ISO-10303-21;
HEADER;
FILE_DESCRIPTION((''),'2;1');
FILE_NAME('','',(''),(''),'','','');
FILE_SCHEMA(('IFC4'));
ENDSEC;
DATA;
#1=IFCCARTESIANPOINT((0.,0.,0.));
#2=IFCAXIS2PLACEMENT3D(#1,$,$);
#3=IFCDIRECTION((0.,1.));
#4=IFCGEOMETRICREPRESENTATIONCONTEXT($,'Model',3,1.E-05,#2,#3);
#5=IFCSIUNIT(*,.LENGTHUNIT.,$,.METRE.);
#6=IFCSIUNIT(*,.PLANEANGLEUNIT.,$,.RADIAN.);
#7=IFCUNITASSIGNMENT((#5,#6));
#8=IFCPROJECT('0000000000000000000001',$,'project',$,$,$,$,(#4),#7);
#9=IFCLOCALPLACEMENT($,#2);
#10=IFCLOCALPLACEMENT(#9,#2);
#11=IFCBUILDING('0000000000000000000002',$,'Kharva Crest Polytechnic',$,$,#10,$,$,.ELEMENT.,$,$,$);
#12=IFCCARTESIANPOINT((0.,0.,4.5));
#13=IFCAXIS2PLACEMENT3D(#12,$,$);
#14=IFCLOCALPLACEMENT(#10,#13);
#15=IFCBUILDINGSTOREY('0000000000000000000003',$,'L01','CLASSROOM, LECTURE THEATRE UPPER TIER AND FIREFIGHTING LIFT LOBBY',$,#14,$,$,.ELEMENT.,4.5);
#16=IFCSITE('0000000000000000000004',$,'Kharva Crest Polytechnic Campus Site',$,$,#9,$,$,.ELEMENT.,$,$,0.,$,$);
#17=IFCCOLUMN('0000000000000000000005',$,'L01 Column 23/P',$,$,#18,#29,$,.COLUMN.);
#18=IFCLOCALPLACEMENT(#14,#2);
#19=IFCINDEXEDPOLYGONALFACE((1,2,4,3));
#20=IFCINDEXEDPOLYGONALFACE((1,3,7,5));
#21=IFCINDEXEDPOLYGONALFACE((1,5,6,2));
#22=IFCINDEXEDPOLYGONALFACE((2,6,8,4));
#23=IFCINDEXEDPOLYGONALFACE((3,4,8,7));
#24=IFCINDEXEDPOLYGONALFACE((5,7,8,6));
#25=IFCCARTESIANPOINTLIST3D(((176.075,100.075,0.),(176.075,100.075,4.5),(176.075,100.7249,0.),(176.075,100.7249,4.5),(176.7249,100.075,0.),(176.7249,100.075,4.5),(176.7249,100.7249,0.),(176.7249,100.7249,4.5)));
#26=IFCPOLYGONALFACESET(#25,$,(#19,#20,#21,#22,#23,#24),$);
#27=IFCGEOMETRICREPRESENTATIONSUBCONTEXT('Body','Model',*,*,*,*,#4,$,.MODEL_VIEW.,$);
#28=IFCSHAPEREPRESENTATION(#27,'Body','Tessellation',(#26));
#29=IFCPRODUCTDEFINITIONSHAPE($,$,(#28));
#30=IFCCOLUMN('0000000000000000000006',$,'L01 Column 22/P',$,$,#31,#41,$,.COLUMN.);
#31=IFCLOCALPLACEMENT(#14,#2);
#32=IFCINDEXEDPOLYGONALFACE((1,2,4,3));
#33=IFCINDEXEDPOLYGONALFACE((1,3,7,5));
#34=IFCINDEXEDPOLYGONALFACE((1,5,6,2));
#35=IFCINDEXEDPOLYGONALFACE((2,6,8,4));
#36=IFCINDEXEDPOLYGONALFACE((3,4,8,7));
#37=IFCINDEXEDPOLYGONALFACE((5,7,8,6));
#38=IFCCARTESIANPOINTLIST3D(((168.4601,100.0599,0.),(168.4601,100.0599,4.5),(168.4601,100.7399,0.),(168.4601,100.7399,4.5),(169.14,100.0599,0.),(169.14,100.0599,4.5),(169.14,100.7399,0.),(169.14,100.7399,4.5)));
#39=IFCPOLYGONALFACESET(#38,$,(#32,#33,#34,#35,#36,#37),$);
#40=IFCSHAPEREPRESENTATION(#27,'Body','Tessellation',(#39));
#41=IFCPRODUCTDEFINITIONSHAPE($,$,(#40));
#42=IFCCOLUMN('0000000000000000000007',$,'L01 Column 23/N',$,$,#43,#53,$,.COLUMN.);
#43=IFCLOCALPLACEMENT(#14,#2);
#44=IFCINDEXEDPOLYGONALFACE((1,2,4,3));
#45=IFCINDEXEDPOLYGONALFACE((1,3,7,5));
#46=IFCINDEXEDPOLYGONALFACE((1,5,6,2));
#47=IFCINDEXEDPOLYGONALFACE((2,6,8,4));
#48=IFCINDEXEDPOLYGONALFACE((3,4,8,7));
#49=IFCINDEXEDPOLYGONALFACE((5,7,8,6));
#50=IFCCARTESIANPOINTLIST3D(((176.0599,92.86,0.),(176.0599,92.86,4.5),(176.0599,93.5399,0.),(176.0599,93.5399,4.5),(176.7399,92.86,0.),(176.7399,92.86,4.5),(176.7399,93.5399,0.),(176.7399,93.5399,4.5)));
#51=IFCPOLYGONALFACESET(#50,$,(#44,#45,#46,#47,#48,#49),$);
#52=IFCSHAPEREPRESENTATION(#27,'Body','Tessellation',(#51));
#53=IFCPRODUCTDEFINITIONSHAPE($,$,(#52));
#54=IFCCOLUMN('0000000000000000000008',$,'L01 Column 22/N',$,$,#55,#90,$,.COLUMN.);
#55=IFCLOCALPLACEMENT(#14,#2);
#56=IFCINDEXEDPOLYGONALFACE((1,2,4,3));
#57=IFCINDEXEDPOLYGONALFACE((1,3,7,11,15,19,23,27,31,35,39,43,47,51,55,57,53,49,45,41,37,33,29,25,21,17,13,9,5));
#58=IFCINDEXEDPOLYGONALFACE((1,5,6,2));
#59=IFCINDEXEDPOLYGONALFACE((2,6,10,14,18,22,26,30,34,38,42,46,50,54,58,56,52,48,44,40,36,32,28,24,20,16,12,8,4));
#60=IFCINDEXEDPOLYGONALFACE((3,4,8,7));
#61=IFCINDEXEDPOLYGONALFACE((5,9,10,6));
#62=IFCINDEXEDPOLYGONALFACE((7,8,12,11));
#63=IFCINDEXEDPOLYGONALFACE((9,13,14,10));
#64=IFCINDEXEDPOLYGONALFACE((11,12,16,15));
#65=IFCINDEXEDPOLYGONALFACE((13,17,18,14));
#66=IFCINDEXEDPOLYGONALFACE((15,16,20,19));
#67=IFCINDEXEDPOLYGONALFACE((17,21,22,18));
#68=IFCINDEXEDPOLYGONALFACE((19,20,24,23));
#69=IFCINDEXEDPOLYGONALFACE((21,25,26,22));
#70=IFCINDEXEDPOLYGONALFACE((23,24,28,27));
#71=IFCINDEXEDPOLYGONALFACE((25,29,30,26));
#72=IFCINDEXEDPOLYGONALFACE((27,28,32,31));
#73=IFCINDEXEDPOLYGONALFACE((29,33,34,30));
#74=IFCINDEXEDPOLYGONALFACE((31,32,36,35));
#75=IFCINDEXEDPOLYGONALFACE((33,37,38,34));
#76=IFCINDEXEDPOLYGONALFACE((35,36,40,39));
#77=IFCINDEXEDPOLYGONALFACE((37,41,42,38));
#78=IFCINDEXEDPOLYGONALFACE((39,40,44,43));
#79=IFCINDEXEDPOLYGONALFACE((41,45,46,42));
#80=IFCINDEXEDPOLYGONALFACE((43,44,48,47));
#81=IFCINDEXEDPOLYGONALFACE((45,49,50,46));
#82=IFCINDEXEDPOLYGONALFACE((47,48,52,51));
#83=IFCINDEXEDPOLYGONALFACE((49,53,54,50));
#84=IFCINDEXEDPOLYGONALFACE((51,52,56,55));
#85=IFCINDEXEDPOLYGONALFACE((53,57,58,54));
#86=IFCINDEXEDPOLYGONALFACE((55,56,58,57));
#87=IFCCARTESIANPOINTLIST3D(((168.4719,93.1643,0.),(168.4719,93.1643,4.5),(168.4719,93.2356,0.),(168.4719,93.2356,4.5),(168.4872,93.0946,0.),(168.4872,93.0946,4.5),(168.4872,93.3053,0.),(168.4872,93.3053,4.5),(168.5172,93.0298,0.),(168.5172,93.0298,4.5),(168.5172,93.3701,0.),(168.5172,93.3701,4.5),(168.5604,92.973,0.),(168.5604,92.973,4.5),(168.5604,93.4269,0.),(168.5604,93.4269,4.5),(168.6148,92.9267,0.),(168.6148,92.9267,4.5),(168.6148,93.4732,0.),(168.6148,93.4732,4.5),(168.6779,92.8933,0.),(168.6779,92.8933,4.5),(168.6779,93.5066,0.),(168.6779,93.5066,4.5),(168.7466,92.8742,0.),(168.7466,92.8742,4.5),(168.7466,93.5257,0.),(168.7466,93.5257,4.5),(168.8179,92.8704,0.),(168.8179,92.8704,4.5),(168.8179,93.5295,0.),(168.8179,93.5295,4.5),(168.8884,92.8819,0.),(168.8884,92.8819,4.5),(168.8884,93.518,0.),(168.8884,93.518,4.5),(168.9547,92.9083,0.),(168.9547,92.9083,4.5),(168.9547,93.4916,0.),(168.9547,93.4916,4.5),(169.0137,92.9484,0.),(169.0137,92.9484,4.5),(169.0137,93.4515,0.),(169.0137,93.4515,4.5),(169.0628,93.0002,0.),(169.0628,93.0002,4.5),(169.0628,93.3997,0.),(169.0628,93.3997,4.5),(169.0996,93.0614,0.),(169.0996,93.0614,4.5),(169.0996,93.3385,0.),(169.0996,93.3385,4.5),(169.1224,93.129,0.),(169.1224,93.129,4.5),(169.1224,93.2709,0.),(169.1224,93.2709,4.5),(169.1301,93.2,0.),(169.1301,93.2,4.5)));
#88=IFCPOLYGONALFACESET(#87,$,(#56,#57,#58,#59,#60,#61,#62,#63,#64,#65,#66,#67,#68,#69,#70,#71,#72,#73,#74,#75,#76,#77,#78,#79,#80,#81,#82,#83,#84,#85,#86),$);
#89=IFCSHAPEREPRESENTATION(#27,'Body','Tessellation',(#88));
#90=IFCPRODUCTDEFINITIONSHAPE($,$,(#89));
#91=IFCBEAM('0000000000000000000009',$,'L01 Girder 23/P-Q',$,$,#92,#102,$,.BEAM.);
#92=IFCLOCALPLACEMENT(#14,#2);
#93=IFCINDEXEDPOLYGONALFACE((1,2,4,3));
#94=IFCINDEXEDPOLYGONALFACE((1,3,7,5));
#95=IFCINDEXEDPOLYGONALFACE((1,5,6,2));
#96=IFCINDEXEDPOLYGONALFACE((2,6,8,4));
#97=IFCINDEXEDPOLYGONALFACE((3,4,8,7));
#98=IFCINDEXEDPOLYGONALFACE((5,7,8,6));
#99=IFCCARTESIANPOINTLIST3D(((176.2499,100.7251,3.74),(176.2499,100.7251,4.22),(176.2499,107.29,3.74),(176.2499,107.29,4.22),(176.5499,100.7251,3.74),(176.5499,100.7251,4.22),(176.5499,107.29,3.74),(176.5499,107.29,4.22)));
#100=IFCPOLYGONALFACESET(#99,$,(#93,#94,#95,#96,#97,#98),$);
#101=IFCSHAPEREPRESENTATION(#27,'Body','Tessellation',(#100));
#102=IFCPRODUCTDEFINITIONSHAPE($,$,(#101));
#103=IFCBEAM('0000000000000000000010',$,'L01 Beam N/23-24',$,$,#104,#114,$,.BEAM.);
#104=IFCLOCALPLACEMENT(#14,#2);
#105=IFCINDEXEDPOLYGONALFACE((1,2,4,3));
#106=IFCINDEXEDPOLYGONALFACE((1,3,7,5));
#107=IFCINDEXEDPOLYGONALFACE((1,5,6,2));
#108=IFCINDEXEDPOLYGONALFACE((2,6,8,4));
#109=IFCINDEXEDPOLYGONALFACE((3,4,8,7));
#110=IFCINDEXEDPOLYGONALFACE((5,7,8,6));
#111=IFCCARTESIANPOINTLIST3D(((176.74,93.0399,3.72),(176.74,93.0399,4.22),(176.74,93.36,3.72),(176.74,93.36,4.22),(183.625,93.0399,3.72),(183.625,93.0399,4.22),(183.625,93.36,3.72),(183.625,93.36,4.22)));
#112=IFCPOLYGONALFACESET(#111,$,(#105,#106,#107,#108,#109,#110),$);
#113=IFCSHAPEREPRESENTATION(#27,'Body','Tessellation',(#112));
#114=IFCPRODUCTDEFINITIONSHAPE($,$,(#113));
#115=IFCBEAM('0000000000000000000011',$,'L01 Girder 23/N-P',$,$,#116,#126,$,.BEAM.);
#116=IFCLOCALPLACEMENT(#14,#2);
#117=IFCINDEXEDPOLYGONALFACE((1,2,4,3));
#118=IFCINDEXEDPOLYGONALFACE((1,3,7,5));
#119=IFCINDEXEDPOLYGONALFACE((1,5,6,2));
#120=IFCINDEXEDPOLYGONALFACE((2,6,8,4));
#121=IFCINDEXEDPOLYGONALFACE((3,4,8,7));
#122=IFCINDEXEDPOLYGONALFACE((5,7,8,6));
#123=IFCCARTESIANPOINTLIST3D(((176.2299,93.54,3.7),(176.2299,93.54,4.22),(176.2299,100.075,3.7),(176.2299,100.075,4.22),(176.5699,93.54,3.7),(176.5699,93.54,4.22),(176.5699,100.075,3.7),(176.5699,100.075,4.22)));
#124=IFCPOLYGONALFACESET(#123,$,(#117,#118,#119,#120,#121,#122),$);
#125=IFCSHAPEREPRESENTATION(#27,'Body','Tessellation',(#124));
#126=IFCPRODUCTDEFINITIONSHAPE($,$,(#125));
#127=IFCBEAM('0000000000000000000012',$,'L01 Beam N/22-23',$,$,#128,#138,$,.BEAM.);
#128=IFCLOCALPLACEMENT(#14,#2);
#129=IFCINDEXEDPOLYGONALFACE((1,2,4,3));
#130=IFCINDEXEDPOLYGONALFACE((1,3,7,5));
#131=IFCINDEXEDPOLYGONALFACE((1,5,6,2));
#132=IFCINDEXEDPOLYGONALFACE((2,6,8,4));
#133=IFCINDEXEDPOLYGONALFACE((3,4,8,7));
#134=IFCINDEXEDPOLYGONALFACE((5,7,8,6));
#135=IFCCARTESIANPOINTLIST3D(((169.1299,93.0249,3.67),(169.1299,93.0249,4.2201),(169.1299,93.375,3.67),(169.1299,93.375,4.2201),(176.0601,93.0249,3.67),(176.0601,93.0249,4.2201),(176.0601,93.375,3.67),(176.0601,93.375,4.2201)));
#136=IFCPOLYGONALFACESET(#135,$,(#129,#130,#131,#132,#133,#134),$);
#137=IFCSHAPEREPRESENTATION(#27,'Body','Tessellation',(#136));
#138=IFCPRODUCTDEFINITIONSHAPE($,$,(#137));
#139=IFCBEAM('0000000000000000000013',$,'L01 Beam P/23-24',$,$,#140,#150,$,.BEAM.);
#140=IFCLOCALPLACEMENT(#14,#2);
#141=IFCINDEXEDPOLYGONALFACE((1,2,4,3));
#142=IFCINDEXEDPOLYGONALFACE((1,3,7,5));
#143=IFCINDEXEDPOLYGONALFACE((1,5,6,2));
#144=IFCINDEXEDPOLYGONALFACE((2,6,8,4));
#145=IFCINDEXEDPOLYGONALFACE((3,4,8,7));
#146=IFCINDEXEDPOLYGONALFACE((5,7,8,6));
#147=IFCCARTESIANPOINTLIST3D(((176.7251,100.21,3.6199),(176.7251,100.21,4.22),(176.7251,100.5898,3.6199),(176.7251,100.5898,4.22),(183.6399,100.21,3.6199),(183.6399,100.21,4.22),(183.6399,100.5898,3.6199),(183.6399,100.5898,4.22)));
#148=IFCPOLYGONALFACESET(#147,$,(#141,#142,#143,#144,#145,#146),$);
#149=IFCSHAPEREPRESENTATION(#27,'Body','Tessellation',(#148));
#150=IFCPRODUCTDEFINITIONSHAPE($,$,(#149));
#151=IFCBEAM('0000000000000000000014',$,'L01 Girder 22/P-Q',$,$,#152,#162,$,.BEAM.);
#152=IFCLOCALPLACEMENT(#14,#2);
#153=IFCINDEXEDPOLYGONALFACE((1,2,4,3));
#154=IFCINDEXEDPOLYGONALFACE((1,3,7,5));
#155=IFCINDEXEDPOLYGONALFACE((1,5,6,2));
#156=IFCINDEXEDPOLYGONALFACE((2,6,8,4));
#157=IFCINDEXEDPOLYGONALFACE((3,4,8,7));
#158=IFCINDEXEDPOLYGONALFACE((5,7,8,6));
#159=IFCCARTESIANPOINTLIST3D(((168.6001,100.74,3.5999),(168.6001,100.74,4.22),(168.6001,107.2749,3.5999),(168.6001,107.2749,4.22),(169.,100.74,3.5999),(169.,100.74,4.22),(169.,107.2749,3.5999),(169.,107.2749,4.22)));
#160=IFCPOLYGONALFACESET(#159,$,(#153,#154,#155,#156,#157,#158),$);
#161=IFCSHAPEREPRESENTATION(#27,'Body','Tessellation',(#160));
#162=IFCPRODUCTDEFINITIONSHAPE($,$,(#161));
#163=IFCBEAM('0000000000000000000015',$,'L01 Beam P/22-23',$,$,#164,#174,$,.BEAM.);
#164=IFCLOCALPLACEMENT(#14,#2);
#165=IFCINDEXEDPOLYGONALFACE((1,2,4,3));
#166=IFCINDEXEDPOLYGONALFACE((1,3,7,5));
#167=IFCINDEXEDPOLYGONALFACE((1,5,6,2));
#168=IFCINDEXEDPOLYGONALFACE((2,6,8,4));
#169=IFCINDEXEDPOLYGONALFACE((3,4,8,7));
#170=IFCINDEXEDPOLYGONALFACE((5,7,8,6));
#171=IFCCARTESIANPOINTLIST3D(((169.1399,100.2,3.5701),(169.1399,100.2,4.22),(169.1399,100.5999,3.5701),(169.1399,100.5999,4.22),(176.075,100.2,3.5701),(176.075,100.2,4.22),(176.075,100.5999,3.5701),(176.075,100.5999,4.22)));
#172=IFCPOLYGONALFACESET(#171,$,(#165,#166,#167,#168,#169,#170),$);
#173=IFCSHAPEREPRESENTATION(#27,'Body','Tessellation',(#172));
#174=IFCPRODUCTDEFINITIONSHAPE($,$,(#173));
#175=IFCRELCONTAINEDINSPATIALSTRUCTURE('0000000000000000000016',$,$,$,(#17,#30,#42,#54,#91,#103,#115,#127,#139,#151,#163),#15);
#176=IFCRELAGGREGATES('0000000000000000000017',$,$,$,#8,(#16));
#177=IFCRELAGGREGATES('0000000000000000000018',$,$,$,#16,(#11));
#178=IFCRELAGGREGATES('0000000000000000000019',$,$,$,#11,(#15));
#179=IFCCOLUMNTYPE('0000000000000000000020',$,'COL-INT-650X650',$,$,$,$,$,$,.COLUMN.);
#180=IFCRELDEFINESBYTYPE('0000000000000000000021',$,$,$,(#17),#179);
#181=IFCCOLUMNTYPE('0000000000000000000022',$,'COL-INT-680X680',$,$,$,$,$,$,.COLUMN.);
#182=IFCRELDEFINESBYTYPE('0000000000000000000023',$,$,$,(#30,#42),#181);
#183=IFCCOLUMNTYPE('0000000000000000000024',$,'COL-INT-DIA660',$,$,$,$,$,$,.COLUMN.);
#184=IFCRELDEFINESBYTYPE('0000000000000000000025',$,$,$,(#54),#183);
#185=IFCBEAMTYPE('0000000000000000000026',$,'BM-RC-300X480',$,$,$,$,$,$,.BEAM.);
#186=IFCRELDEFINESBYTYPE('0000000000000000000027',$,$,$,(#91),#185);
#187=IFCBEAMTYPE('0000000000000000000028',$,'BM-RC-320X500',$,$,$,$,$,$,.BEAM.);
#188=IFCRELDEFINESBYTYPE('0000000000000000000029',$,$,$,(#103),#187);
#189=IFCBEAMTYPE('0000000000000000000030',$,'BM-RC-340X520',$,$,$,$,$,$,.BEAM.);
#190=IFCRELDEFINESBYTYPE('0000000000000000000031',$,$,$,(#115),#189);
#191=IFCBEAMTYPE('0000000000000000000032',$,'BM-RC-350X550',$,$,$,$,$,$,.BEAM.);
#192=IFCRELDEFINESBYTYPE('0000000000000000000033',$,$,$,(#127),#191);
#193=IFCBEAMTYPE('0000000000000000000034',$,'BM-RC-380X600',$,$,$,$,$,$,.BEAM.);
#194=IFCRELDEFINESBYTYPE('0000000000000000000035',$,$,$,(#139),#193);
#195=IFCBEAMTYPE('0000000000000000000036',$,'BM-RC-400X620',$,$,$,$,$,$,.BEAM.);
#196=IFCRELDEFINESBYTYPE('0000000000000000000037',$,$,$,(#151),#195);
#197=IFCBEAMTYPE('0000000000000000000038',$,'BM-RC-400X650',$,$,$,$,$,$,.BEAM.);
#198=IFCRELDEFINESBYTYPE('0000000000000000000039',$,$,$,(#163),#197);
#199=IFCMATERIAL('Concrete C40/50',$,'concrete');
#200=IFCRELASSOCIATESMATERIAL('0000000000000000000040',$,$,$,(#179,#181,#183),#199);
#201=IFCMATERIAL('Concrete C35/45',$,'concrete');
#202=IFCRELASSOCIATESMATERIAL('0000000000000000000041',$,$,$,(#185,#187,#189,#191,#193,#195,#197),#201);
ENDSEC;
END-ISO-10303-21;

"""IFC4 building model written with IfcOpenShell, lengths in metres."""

from ifc_helpers import new_model, si_unit, direction, frame, origin, origin_2d, place, context, subcontext, project, spatial, rectangle, circle, extrude, material, material_profile, profile_set, type_object, element, save


model = new_model("IFC4")

# Units and contexts
model_context = context("Model", 3, precision=1e-05, world=origin(), true_north=direction((0.0, 1.0)))
body_context = subcontext(model_context, "Body", "Model", "MODEL_VIEW")
ifc_project = project(units=[si_unit("LENGTHUNIT", "METRE"), si_unit("PLANEANGLEUNIT", "RADIAN")], contexts=[model_context])

# Site, building, storey
site_placement = place(None, origin())
site = spatial("IfcSite", under=ifc_project, at=site_placement, Name="Kharva Crest Polytechnic Campus Site", CompositionType="ELEMENT", RefElevation=0.0)
building_placement = place(site_placement, origin())
building = spatial("IfcBuilding", under=site, at=building_placement, Name="Kharva Crest Polytechnic", CompositionType="ELEMENT")
storey_placement = place(building_placement, frame((0.0, 0.0, 4.5)))
storey = spatial("IfcBuildingStorey", under=building, at=storey_placement, Name="L01", Description="CLASSROOM, LECTURE THEATRE UPPER TIER AND FIREFIGHTING LIFT LOBBY", CompositionType="ELEMENT", Elevation=4.5)

# Columns
ifc_material_1 = material(Name="Concrete C40/50", Category="concrete")
ifc_material_profile_1 = material_profile(ifc_material_1, rectangle(XDim=0.6499, YDim=0.6499, at=origin_2d()), Name="RECT 650 X 650")
ifc_profile_set_1 = profile_set([ifc_material_profile_1], Name="Concrete C40/50")
column_type_1 = type_object("IfcColumnType", Name="COL-INT-650X650", PredefinedType="COLUMN", material=ifc_profile_set_1)
column_1_placement = place(storey_placement, frame((176.3999, 100.3999, 0.0), z_axis=(0.0, 0.0, 1.0), x_axis=(1.0, 0.0, 0.0)))
element("IfcColumn", 1, at=column_1_placement, inside=storey, type_object=column_type_1, Name="L01 Column 23/P", PredefinedType="COLUMN", context=body_context, shape_type="SweptSolid", body=[
    extrude(rectangle(XDim=0.6499, YDim=0.6499, at=origin_2d()), origin(), (0.0, 0.0, 1.0), 4.5),
])
ifc_material_profile_2 = material_profile(ifc_material_1, rectangle(XDim=0.6799, YDim=0.6799, at=origin_2d()), Name="RECT 680 X 680")
ifc_profile_set_2 = profile_set([ifc_material_profile_2], Name="Concrete C40/50")
column_type_2 = type_object("IfcColumnType", Name="COL-INT-680X680", PredefinedType="COLUMN", material=ifc_profile_set_2)
for number, where, z_axis, x_axis, name in (
    (2, (168.8, 100.3999, 0.0), (0.0, 0.0, 1.0), (1.0, 0.0, 0.0), "L01 Column 22/P"),
    (3, (176.3999, 93.2, 0.0), (0.0, 0.0, 1.0), (1.0, 0.0, 0.0), "L01 Column 23/N"),
):
    element("IfcColumn", number, at=place(storey_placement, frame(where, z_axis=z_axis, x_axis=x_axis)), inside=storey, type_object=column_type_2, Name=name, PredefinedType="COLUMN", context=body_context, shape_type="SweptSolid", body=[
        extrude(rectangle(XDim=0.6799, YDim=0.6799, at=origin_2d()), origin(), (0.0, 0.0, 1.0), 4.5),
    ])
ifc_material_profile_3 = material_profile(ifc_material_1, circle(Radius=0.3301, at=origin_2d()), Name="DIA 660")
ifc_profile_set_3 = profile_set([ifc_material_profile_3], Name="Concrete C40/50")
column_type_3 = type_object("IfcColumnType", Name="COL-INT-DIA660", PredefinedType="COLUMN", material=ifc_profile_set_3)
column_2_placement = place(storey_placement, frame((168.8, 93.2, 0.0), z_axis=(0.0, 0.0, 1.0), x_axis=(1.0, 0.0, 0.0)))
element("IfcColumn", 4, at=column_2_placement, inside=storey, type_object=column_type_3, Name="L01 Column 22/N", PredefinedType="COLUMN", context=body_context, shape_type="SweptSolid", body=[
    extrude(circle(Radius=0.3301, at=origin_2d()), origin(), (0.0, 0.0, 1.0), 4.5),
])

# Beams
ifc_material_2 = material(Name="Concrete C35/45", Category="concrete")
ifc_material_profile_4 = material_profile(ifc_material_2, rectangle(XDim=0.3, YDim=0.48, at=origin_2d()), Name="RECT 300 X 480")
ifc_profile_set_4 = profile_set([ifc_material_profile_4], Name="Concrete C35/45")
beam_type_1 = type_object("IfcBeamType", Name="BM-RC-300X480", PredefinedType="BEAM", material=ifc_profile_set_4)
beam_1_placement = place(storey_placement, frame((176.3999, 100.7251, 3.98), z_axis=(0.0, 1.0, 0.0), x_axis=(-1.0, 0.0, 0.0)))
element("IfcBeam", 5, at=beam_1_placement, inside=storey, type_object=beam_type_1, Name="L01 Girder 23/P-Q", PredefinedType="BEAM", context=body_context, shape_type="SweptSolid", body=[
    extrude(rectangle(XDim=0.3, YDim=0.48, at=origin_2d()), origin(), (0.0, 0.0, 1.0), 6.5649),
])
ifc_material_profile_5 = material_profile(ifc_material_2, rectangle(XDim=0.3201, YDim=0.5, at=origin_2d()), Name="RECT 320 X 500")
ifc_profile_set_5 = profile_set([ifc_material_profile_5], Name="Concrete C35/45")
beam_type_2 = type_object("IfcBeamType", Name="BM-RC-320X500", PredefinedType="BEAM", material=ifc_profile_set_5)
beam_2_placement = place(storey_placement, frame((176.74, 93.2, 3.97), z_axis=(1.0, 0.0, 0.0), x_axis=(0.0, 1.0, 0.0)))
element("IfcBeam", 6, at=beam_2_placement, inside=storey, type_object=beam_type_2, Name="L01 Beam N/23-24", PredefinedType="BEAM", context=body_context, shape_type="SweptSolid", body=[
    extrude(rectangle(XDim=0.3201, YDim=0.5, at=origin_2d()), origin(), (0.0, 0.0, 1.0), 6.885),
])
ifc_material_profile_6 = material_profile(ifc_material_2, rectangle(XDim=0.3401, YDim=0.52, at=origin_2d()), Name="RECT 340 X 520")
ifc_profile_set_6 = profile_set([ifc_material_profile_6], Name="Concrete C35/45")
beam_type_3 = type_object("IfcBeamType", Name="BM-RC-340X520", PredefinedType="BEAM", material=ifc_profile_set_6)
beam_3_placement = place(storey_placement, frame((176.3999, 93.54, 3.96), z_axis=(0.0, 1.0, 0.0), x_axis=(-1.0, 0.0, 0.0)))
element("IfcBeam", 7, at=beam_3_placement, inside=storey, type_object=beam_type_3, Name="L01 Girder 23/N-P", PredefinedType="BEAM", context=body_context, shape_type="SweptSolid", body=[
    extrude(rectangle(XDim=0.3401, YDim=0.52, at=origin_2d()), origin(), (0.0, 0.0, 1.0), 6.5349),
])
ifc_material_profile_7 = material_profile(ifc_material_2, rectangle(XDim=0.3501, YDim=0.55, at=origin_2d()), Name="RECT 350 X 550")
ifc_profile_set_7 = profile_set([ifc_material_profile_7], Name="Concrete C35/45")
beam_type_4 = type_object("IfcBeamType", Name="BM-RC-350X550", PredefinedType="BEAM", material=ifc_profile_set_7)
beam_4_placement = place(storey_placement, frame((169.1299, 93.2, 3.9451), z_axis=(1.0, 0.0, 0.0), x_axis=(0.0, 1.0, 0.0)))
element("IfcBeam", 8, at=beam_4_placement, inside=storey, type_object=beam_type_4, Name="L01 Beam N/22-23", PredefinedType="BEAM", context=body_context, shape_type="SweptSolid", body=[
    extrude(rectangle(XDim=0.3501, YDim=0.55, at=origin_2d()), origin(), (0.0, 0.0, 1.0), 6.9302),
])
ifc_material_profile_8 = material_profile(ifc_material_2, rectangle(XDim=0.3799, YDim=0.6001, at=origin_2d()), Name="RECT 380 X 600")
ifc_profile_set_8 = profile_set([ifc_material_profile_8], Name="Concrete C35/45")
beam_type_5 = type_object("IfcBeamType", Name="BM-RC-380X600", PredefinedType="BEAM", material=ifc_profile_set_8)
beam_5_placement = place(storey_placement, frame((176.7251, 100.3999, 3.9199), z_axis=(1.0, 0.0, 0.0), x_axis=(0.0, 1.0, 0.0)))
element("IfcBeam", 9, at=beam_5_placement, inside=storey, type_object=beam_type_5, Name="L01 Beam P/23-24", PredefinedType="BEAM", context=body_context, shape_type="SweptSolid", body=[
    extrude(rectangle(XDim=0.3799, YDim=0.6001, at=origin_2d()), origin(), (0.0, 0.0, 1.0), 6.9148),
])
ifc_material_profile_9 = material_profile(ifc_material_2, rectangle(XDim=0.3999, YDim=0.6201, at=origin_2d()), Name="RECT 400 X 620")
ifc_profile_set_9 = profile_set([ifc_material_profile_9], Name="Concrete C35/45")
beam_type_6 = type_object("IfcBeamType", Name="BM-RC-400X620", PredefinedType="BEAM", material=ifc_profile_set_9)
beam_6_placement = place(storey_placement, frame((168.8, 100.74, 3.9099), z_axis=(0.0, 1.0, 0.0), x_axis=(-1.0, 0.0, 0.0)))
element("IfcBeam", 10, at=beam_6_placement, inside=storey, type_object=beam_type_6, Name="L01 Girder 22/P-Q", PredefinedType="BEAM", context=body_context, shape_type="SweptSolid", body=[
    extrude(rectangle(XDim=0.3999, YDim=0.6201, at=origin_2d()), origin(), (0.0, 0.0, 1.0), 6.5349),
])
ifc_material_profile_10 = material_profile(ifc_material_2, rectangle(XDim=0.3999, YDim=0.6499, at=origin_2d()), Name="RECT 400 X 650")
ifc_profile_set_10 = profile_set([ifc_material_profile_10], Name="Concrete C35/45")
beam_type_7 = type_object("IfcBeamType", Name="BM-RC-400X650", PredefinedType="BEAM", material=ifc_profile_set_10)
beam_7_placement = place(storey_placement, frame((169.1399, 100.3999, 3.895), z_axis=(1.0, 0.0, 0.0), x_axis=(0.0, 1.0, 0.0)))
element("IfcBeam", 11, at=beam_7_placement, inside=storey, type_object=beam_type_7, Name="L01 Beam P/22-23", PredefinedType="BEAM", context=body_context, shape_type="SweptSolid", body=[
    extrude(rectangle(XDim=0.3999, YDim=0.6499, at=origin_2d()), origin(), (0.0, 0.0, 1.0), 6.9351),
])

save(model, "model.ifc")
